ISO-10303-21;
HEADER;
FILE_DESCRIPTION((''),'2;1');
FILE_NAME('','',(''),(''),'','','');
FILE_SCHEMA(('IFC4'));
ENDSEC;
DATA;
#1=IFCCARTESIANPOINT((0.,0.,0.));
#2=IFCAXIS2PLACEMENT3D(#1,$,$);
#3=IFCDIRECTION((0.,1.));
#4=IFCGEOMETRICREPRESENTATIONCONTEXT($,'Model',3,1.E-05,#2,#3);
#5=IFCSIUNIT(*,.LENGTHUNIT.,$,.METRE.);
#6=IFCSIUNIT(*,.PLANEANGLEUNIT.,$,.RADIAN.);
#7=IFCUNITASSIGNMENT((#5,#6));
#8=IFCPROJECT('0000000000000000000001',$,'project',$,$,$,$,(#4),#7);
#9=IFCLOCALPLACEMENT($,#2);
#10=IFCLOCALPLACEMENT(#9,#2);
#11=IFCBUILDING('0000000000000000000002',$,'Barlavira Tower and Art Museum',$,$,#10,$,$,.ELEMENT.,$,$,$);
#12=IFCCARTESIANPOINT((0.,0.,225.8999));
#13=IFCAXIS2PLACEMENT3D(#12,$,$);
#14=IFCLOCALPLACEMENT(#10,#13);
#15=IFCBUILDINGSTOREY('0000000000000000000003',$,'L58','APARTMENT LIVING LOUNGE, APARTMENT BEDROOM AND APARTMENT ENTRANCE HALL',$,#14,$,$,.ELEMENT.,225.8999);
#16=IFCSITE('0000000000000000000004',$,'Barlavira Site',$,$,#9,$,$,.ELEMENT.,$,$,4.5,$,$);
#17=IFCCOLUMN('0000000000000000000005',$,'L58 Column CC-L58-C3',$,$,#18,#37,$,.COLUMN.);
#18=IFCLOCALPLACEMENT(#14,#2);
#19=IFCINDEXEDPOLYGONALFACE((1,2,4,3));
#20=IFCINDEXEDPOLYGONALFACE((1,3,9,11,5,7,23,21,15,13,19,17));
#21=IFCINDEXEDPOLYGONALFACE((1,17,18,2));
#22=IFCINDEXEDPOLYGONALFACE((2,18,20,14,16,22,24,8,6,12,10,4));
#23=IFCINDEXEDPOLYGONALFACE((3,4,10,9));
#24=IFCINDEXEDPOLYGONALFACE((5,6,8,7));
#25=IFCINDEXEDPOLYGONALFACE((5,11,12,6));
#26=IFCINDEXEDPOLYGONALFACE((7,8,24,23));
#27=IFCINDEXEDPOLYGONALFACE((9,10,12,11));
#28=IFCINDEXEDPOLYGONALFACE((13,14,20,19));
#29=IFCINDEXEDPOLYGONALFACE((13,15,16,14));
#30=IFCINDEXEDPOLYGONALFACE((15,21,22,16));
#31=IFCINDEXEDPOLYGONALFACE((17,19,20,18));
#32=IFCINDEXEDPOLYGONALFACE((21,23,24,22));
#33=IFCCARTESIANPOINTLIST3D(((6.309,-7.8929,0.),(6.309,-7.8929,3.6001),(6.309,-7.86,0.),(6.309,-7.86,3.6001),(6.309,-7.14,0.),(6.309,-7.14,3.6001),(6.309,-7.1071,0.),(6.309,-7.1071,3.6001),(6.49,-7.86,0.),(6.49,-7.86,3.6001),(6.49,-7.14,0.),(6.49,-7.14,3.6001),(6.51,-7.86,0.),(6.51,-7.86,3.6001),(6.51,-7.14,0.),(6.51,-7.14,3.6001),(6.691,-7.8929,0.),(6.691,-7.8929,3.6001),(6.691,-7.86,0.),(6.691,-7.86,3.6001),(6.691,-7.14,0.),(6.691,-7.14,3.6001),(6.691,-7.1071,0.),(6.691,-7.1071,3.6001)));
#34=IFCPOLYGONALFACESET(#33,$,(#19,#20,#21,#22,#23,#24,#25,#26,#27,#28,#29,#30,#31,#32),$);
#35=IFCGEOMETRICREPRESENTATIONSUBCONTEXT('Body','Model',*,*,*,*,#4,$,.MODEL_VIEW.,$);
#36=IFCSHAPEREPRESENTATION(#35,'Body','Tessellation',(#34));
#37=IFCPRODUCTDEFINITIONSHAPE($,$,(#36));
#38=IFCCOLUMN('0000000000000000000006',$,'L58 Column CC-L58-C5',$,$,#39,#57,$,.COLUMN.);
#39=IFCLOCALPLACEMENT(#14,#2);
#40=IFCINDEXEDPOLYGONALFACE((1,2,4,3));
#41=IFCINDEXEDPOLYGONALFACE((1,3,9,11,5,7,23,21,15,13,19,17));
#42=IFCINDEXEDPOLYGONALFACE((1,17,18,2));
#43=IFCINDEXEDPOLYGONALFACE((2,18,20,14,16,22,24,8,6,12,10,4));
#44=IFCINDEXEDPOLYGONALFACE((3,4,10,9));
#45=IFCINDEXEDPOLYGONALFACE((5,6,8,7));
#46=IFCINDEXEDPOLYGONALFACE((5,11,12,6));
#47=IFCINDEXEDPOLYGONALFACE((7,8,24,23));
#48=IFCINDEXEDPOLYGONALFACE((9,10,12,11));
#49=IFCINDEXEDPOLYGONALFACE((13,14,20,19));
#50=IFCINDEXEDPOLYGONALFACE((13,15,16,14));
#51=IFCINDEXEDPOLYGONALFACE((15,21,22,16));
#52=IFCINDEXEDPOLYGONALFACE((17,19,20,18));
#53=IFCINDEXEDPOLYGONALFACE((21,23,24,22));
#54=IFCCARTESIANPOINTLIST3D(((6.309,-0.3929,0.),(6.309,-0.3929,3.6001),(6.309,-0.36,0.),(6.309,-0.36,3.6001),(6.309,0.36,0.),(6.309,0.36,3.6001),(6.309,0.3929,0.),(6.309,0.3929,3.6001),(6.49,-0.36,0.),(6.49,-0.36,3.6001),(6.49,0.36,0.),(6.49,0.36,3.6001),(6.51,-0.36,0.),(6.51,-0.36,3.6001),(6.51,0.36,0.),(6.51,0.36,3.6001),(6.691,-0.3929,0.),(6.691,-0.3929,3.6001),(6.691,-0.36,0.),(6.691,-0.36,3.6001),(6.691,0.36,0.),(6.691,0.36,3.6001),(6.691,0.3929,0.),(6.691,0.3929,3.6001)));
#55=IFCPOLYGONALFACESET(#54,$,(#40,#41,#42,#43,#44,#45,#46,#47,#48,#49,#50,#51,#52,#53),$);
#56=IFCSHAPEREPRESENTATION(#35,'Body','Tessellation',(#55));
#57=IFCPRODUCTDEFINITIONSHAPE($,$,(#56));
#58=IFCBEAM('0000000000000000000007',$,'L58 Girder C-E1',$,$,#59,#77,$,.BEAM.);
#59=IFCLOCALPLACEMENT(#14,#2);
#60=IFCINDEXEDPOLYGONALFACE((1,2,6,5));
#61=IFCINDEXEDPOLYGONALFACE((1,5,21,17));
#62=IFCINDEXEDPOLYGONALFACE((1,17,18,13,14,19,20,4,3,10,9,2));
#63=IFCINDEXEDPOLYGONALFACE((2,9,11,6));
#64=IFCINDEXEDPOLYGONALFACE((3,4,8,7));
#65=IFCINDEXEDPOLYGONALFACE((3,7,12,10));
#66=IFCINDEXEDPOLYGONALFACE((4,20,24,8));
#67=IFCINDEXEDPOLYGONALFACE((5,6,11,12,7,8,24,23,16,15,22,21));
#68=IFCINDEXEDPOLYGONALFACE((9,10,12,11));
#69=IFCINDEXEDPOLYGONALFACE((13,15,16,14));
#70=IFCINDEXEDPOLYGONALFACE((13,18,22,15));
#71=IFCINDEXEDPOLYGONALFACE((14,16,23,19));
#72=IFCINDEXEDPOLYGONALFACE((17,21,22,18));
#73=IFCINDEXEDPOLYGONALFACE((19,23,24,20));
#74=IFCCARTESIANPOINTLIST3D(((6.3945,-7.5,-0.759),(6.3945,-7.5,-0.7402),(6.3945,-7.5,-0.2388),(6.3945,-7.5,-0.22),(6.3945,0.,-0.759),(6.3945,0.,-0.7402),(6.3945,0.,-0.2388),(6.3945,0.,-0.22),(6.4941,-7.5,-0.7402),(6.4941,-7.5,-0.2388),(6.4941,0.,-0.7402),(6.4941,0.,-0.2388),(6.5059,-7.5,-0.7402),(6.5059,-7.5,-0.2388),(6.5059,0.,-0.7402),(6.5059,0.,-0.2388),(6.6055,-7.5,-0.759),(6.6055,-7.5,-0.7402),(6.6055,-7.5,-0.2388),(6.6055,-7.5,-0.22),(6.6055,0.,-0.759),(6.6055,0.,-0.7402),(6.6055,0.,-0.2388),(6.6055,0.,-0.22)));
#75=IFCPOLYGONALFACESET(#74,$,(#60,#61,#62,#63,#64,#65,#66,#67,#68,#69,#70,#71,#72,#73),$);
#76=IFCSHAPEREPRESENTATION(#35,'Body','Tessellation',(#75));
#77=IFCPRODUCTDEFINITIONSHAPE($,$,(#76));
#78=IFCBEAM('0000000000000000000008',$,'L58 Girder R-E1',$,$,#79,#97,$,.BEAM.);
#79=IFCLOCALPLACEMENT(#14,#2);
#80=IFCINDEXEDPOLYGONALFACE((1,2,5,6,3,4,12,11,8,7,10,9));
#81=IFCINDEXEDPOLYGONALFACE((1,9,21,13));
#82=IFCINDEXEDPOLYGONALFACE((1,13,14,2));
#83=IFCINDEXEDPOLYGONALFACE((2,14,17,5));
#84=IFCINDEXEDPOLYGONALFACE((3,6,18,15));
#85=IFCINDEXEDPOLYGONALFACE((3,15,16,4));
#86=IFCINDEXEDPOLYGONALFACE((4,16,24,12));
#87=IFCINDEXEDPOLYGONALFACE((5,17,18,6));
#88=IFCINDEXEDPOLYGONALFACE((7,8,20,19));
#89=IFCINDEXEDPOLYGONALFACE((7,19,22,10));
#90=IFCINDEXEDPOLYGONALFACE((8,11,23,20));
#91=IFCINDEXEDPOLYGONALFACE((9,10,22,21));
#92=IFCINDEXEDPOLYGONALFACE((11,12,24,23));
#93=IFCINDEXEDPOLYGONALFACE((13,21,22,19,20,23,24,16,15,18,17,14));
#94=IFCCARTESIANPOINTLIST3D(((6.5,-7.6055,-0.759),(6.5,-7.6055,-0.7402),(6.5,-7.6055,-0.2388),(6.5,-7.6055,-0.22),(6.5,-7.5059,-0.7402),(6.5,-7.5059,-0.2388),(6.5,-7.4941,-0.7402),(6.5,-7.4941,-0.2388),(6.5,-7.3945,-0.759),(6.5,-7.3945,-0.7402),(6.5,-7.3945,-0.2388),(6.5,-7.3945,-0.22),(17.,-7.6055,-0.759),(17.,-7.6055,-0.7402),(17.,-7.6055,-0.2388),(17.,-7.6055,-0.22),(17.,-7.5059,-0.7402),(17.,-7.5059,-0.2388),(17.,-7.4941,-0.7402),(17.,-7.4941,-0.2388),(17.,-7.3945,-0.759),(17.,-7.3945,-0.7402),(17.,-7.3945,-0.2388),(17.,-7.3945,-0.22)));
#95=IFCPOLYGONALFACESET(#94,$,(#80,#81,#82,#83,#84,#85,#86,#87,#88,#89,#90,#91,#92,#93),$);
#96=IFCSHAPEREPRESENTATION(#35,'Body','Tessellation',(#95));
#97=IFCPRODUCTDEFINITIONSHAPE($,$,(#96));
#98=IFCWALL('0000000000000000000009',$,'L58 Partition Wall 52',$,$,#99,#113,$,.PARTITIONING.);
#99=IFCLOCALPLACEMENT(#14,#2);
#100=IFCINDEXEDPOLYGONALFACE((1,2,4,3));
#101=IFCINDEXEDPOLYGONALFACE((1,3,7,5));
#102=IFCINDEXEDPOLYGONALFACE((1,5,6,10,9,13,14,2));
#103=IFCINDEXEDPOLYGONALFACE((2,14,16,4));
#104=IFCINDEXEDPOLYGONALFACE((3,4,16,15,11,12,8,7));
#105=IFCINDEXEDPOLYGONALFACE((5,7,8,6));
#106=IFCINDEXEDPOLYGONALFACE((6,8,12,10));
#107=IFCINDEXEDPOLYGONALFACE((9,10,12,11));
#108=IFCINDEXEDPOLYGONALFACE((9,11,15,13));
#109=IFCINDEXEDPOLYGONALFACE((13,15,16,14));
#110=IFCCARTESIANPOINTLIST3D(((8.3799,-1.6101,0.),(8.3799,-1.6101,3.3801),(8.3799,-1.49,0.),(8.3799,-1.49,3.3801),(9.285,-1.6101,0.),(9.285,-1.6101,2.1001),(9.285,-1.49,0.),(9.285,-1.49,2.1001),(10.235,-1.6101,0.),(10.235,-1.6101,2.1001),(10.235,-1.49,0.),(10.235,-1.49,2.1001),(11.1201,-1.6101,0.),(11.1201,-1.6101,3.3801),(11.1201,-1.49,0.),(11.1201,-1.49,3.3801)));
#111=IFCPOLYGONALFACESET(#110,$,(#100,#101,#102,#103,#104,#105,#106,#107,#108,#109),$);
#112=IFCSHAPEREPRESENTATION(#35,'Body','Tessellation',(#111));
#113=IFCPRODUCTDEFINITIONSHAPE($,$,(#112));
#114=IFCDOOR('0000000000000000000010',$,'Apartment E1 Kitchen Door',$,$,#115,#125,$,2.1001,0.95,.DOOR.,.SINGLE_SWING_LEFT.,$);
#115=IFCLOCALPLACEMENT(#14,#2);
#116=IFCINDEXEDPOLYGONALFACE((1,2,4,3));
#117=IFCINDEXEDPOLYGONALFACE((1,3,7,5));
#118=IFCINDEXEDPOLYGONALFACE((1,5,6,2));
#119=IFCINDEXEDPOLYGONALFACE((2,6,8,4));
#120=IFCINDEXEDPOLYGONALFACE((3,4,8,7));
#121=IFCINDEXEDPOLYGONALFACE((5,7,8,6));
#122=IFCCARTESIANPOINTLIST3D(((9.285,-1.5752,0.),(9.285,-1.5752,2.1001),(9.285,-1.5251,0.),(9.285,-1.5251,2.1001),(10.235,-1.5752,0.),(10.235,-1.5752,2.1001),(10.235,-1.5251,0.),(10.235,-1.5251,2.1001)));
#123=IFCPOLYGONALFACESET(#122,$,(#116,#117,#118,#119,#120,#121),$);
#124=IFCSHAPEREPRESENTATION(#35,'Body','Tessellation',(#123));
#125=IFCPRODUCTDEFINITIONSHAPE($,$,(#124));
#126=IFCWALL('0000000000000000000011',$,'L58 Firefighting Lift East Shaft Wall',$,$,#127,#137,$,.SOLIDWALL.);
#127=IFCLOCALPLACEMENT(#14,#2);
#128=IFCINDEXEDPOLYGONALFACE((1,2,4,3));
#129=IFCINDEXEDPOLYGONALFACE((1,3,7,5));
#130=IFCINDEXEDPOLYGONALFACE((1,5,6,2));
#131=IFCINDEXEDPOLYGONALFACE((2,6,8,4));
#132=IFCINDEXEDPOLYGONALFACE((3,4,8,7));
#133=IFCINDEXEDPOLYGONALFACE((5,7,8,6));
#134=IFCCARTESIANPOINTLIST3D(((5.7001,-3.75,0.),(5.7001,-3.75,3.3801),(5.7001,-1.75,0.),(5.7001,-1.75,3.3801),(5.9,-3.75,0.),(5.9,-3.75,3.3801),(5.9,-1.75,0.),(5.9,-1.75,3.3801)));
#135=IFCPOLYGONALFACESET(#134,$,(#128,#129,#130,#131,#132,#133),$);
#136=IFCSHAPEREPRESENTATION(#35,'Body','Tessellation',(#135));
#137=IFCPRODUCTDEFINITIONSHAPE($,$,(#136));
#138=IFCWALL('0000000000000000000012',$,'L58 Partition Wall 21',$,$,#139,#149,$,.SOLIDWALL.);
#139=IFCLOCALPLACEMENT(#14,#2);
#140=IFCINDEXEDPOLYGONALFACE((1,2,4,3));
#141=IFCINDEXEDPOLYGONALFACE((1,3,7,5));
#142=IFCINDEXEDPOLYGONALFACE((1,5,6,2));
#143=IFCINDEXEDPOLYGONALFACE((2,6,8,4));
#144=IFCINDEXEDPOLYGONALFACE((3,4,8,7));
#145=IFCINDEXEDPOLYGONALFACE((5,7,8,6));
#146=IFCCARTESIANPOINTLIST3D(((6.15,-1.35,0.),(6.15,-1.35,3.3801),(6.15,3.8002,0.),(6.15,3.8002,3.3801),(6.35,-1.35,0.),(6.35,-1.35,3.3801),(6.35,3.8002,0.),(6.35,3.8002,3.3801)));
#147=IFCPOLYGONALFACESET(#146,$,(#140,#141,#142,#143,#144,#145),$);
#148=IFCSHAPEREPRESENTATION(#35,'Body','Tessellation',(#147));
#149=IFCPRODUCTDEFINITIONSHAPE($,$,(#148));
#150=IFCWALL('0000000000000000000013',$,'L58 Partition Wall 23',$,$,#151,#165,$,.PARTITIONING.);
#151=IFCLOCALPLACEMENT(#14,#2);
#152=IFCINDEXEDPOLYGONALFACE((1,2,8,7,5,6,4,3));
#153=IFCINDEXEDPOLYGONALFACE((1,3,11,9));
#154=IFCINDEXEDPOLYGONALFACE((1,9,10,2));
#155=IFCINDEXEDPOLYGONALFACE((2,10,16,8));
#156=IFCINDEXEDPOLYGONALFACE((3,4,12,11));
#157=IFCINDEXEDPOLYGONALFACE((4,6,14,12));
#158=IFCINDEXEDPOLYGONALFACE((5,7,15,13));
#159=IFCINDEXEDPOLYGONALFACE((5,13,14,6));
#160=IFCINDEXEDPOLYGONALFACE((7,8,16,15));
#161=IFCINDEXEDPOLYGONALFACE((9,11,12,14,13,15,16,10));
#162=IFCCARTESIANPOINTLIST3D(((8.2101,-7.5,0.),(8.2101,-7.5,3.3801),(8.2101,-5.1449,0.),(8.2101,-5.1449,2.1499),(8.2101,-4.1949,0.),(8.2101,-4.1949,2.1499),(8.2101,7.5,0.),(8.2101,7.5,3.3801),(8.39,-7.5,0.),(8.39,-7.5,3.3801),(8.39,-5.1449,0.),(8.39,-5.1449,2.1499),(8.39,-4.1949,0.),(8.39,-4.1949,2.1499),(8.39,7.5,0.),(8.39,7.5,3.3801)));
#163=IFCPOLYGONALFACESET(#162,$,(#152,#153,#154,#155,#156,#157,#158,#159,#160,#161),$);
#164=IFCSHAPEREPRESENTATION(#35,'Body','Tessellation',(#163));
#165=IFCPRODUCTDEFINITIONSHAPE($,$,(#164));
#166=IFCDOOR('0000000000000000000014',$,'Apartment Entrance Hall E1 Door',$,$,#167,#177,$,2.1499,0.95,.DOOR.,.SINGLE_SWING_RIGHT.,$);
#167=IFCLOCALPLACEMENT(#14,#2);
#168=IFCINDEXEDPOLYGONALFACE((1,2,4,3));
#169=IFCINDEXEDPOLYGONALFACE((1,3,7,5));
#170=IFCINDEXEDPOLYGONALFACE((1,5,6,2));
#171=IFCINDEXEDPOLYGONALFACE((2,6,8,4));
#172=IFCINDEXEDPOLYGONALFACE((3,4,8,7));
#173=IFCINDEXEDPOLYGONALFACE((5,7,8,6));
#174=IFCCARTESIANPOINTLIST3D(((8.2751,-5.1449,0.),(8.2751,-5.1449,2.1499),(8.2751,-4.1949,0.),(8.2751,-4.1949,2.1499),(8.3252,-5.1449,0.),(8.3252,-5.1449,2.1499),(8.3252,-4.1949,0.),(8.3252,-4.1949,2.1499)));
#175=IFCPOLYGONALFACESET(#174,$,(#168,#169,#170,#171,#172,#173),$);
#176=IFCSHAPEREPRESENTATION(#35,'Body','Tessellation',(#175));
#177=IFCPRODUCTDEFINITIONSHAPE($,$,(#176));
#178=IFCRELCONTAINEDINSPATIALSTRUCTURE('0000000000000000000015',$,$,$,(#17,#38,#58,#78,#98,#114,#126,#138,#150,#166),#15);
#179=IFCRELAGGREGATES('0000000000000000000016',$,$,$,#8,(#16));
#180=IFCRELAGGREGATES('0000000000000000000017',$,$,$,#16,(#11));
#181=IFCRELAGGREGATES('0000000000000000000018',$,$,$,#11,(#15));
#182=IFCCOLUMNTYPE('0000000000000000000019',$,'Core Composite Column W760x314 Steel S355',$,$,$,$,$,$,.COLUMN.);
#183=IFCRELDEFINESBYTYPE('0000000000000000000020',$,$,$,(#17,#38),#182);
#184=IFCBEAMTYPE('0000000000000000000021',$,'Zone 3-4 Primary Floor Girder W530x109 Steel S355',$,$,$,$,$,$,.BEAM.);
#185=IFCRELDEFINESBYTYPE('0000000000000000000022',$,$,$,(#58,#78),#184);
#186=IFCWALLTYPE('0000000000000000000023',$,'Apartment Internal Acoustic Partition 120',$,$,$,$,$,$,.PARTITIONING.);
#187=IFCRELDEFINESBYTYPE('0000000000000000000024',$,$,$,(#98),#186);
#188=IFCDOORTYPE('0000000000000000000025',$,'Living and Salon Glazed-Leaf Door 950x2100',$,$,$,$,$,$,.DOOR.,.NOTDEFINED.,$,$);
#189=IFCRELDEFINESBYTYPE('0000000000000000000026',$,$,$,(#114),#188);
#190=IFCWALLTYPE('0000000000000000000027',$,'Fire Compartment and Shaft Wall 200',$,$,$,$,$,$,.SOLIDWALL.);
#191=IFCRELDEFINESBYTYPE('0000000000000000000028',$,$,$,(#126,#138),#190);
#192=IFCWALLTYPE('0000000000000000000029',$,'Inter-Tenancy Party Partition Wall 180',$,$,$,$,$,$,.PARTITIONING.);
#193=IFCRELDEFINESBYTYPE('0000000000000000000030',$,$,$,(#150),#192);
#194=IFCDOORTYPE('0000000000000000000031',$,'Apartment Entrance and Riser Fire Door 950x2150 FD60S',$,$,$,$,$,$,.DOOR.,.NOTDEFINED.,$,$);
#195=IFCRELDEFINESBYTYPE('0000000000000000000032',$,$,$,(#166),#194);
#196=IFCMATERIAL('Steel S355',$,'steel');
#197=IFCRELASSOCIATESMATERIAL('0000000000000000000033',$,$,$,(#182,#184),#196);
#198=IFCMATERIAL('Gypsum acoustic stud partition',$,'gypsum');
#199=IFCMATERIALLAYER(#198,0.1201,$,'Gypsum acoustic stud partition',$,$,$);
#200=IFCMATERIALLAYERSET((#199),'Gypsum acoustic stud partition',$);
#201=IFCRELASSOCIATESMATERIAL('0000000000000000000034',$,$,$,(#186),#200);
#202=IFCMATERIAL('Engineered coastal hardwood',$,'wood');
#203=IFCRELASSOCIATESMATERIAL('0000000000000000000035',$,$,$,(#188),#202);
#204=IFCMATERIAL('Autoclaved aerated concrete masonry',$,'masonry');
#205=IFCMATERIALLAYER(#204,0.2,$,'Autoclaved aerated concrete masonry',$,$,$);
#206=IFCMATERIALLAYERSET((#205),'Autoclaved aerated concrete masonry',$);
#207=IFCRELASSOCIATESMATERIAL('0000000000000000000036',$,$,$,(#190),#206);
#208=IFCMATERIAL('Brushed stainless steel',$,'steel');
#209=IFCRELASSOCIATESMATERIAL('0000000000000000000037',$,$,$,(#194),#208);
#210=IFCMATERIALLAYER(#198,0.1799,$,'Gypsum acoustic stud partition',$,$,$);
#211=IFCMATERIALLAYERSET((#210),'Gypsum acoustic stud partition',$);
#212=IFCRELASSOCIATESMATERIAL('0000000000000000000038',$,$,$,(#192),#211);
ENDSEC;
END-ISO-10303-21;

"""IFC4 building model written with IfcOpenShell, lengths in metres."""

from ifc_helpers import new_model, si_unit, direction, frame, frame_2d, origin, origin_2d, place, context, subcontext, project, spatial, rectangle, i_section, extrude, material, layer, layer_set, material_profile, profile_set, type_object, element, fill, save


model = new_model("IFC4")

# Units and contexts
model_context = context("Model", 3, precision=1e-05, world=origin(), true_north=direction((0.0, 1.0)))
body_context = subcontext(model_context, "Body", "Model", "MODEL_VIEW")
ifc_project = project(units=[si_unit("LENGTHUNIT", "METRE"), si_unit("PLANEANGLEUNIT", "RADIAN")], contexts=[model_context])

# Site, building, storey
site_placement = place(None, origin())
site = spatial("IfcSite", under=ifc_project, at=site_placement, Name="Barlavira Site", CompositionType="ELEMENT", RefElevation=4.5)
building_placement = place(site_placement, origin())
building = spatial("IfcBuilding", under=site, at=building_placement, Name="Barlavira Tower and Art Museum", CompositionType="ELEMENT")
storey_placement = place(building_placement, frame((0.0, 0.0, 225.8999)))
storey = spatial("IfcBuildingStorey", under=building, at=storey_placement, Name="L58", Description="APARTMENT LIVING LOUNGE, APARTMENT BEDROOM AND APARTMENT ENTRANCE HALL", CompositionType="ELEMENT", Elevation=225.8999)

# Columns
ifc_material_1 = material(Name="Steel S355", Category="steel")
ifc_material_profile_1 = material_profile(ifc_material_1, i_section(OverallWidth=0.3821, OverallDepth=0.7859, WebThickness=0.02, FlangeThickness=0.033, at=origin_2d()), Name="W760x314.0")
ifc_profile_set_1 = profile_set([ifc_material_profile_1], Name="Steel S355")
column_type = type_object("IfcColumnType", Name="Core Composite Column W760x314 Steel S355", PredefinedType="COLUMN", material=ifc_profile_set_1)
for number, where, z_axis, x_axis, name in (
    (1, (6.5, -7.5, 0.0), (0.0, 0.0, 1.0), (1.0, 0.0, 0.0), "L58 Column CC-L58-C3"),
    (2, (6.5, 0.0, 0.0), (0.0, 0.0, 1.0), (1.0, 0.0, 0.0), "L58 Column CC-L58-C5"),
):
    element("IfcColumn", number, at=place(storey_placement, frame(where, z_axis=z_axis, x_axis=x_axis)), inside=storey, type_object=column_type, Name=name, PredefinedType="COLUMN", context=body_context, shape_type="SweptSolid", body=[
        extrude(i_section(OverallWidth=0.3821, OverallDepth=0.7859, WebThickness=0.02, FlangeThickness=0.033, at=origin_2d()), origin(), (0.0, 0.0, 1.0), 3.6001),
    ])

# Beams
ifc_material_profile_2 = material_profile(ifc_material_1, i_section(OverallWidth=0.2109, OverallDepth=0.5391, WebThickness=0.0117, FlangeThickness=0.0188, at=origin_2d()), Name="W530x109.0")
ifc_profile_set_2 = profile_set([ifc_material_profile_2], Name="Steel S355")
beam_type = type_object("IfcBeamType", Name="Zone 3-4 Primary Floor Girder W530x109 Steel S355", PredefinedType="BEAM", material=ifc_profile_set_2)
beam_1_placement = place(storey_placement, frame((6.5, -7.5, -0.4895), z_axis=(0.0, 1.0, 0.0), x_axis=(-1.0, 0.0, 0.0)))
element("IfcBeam", 3, at=beam_1_placement, inside=storey, type_object=beam_type, Name="L58 Girder C-E1", PredefinedType="BEAM", context=body_context, shape_type="SweptSolid", body=[
    extrude(i_section(OverallWidth=0.2109, OverallDepth=0.5391, WebThickness=0.0117, FlangeThickness=0.0188, at=origin_2d()), origin(), (0.0, 0.0, 1.0), 7.5),
])
beam_2_placement = place(storey_placement, frame((6.5, -7.5, -0.4895), z_axis=(1.0, 0.0, 0.0), x_axis=(0.0, 1.0, 0.0)))
element("IfcBeam", 4, at=beam_2_placement, inside=storey, type_object=beam_type, Name="L58 Girder R-E1", PredefinedType="BEAM", context=body_context, shape_type="SweptSolid", body=[
    extrude(i_section(OverallWidth=0.2109, OverallDepth=0.5391, WebThickness=0.0117, FlangeThickness=0.0188, at=origin_2d()), origin(), (0.0, 0.0, 1.0), 10.5),
])

# Wall, opening, door
ifc_material_2 = material(Name="Gypsum acoustic stud partition", Category="gypsum")
ifc_layer_1 = layer(ifc_material_2, 0.1201, Name="Gypsum acoustic stud partition")
ifc_layer_set_1 = layer_set([ifc_layer_1], Name="Gypsum acoustic stud partition")
wall_type_1 = type_object("IfcWallType", Name="Apartment Internal Acoustic Partition 120", PredefinedType="PARTITIONING", material=ifc_layer_set_1)
wall_1_placement = place(storey_placement, frame((8.3799, -1.55, 0.0), z_axis=(0.0, 0.0, 1.0), x_axis=(1.0, 0.0, 0.0)))
wall_1 = element("IfcWall", 5, at=wall_1_placement, inside=storey, type_object=wall_type_1, Name="L58 Partition Wall 52", PredefinedType="PARTITIONING", context=body_context, shape_type="SweptSolid", body=[
    extrude(rectangle(XDim=2.7402, YDim=0.1201, at=frame_2d((1.3701, 0.0))), origin(), (0.0, 0.0, 1.0), 3.3801),
])
opening_1_placement = place(wall_1_placement, frame((0.905, 0.0, 0.0)))
opening_1 = element("IfcOpeningElement", 6, at=opening_1_placement, cuts=wall_1, PredefinedType="OPENING", context=body_context, shape_type="SweptSolid", body=[
    extrude(rectangle(XDim=0.95, YDim=2.1001, at=frame_2d((0.4751, 1.05))), frame((0.0, 0.0701, 0.0), z_axis=(0.0, -1.0, 0.0), x_axis=(1.0, 0.0, 0.0)), (0.0, 0.0, 1.0), 0.1401),
])
ifc_material_3 = material(Name="Engineered coastal hardwood", Category="wood")
door_type_1 = type_object("IfcDoorType", Name="Living and Salon Glazed-Leaf Door 950x2100", OperationType="NOTDEFINED", PredefinedType="DOOR", material=ifc_material_3)
door_1_placement = place(opening_1_placement, origin())
door_1 = element("IfcDoor", 7, at=door_1_placement, inside=storey, type_object=door_type_1, Name="Apartment E1 Kitchen Door", OperationType="SINGLE_SWING_LEFT", OverallHeight=2.1001, OverallWidth=0.95, PredefinedType="DOOR", context=body_context, shape_type="SweptSolid", body=[
    extrude(rectangle(XDim=0.95, YDim=2.1001, at=frame_2d((0.4751, 1.05))), frame((0.0, 0.0249, 0.0), z_axis=(0.0, -1.0, 0.0), x_axis=(1.0, 0.0, 0.0)), (0.0, 0.0, 1.0), 0.05),
])
fill(opening_1, door_1)
ifc_material_4 = material(Name="Brushed stainless steel", Category="steel")

# Wall
ifc_material_5 = material(Name="Autoclaved aerated concrete masonry", Category="masonry")
ifc_layer_2 = layer(ifc_material_5, 0.2, Name="Autoclaved aerated concrete masonry")
ifc_layer_set_2 = layer_set([ifc_layer_2], Name="Autoclaved aerated concrete masonry")
wall_type_2 = type_object("IfcWallType", Name="Fire Compartment and Shaft Wall 200", PredefinedType="SOLIDWALL", material=ifc_layer_set_2)
wall_2_placement = place(storey_placement, frame((5.8, -3.75, 0.0), z_axis=(0.0, 0.0, 1.0), x_axis=(0.0, 1.0, 0.0)))
element("IfcWall", 8, at=wall_2_placement, inside=storey, type_object=wall_type_2, Name="L58 Firefighting Lift East Shaft Wall", PredefinedType="SOLIDWALL", context=body_context, shape_type="SweptSolid", body=[
    extrude(rectangle(XDim=2.0, YDim=0.2, at=frame_2d((1.0, 0.0))), origin(), (0.0, 0.0, 1.0), 3.3801),
])

# Shared definitions
door_type_2 = type_object("IfcDoorType", Name="Apartment Entrance and Riser Fire Door 950x2150 FD60S", OperationType="NOTDEFINED", PredefinedType="DOOR", material=ifc_material_4)

# Wall
wall_3_placement = place(storey_placement, frame((6.25, -1.3501, 0.0), z_axis=(0.0, 0.0, 1.0), x_axis=(0.0, 1.0, 0.0)))
element("IfcWall", 9, at=wall_3_placement, inside=storey, type_object=wall_type_2, Name="L58 Partition Wall 21", PredefinedType="SOLIDWALL", context=body_context, shape_type="SweptSolid", body=[
    extrude(rectangle(XDim=5.1501, YDim=0.2, at=frame_2d((2.5752, 0.0))), origin(), (0.0, 0.0, 1.0), 3.3801),
])

# Wall, opening, door
ifc_layer_3 = layer(ifc_material_2, 0.1799, Name="Gypsum acoustic stud partition")
ifc_layer_set_3 = layer_set([ifc_layer_3], Name="Gypsum acoustic stud partition")
wall_type_3 = type_object("IfcWallType", Name="Inter-Tenancy Party Partition Wall 180", PredefinedType="PARTITIONING", material=ifc_layer_set_3)
wall_4_placement = place(storey_placement, frame((8.3, -7.5, 0.0), z_axis=(0.0, 0.0, 1.0), x_axis=(0.0, 1.0, 0.0)))
wall_4 = element("IfcWall", 10, at=wall_4_placement, inside=storey, type_object=wall_type_3, Name="L58 Partition Wall 23", PredefinedType="PARTITIONING", context=body_context, shape_type="SweptSolid", body=[
    extrude(rectangle(XDim=15.0, YDim=0.1799, at=frame_2d((7.5, 0.0))), origin(), (0.0, 0.0, 1.0), 3.3801),
])
opening_2_placement = place(wall_4_placement, frame((2.355, 0.0, 0.0)))
opening_2 = element("IfcOpeningElement", 11, at=opening_2_placement, cuts=wall_4, PredefinedType="OPENING", context=body_context, shape_type="SweptSolid", body=[
    extrude(rectangle(XDim=0.95, YDim=2.1499, at=frame_2d((0.4751, 1.075))), frame((0.0, 0.1001, 0.0), z_axis=(0.0, -1.0, 0.0), x_axis=(1.0, 0.0, 0.0)), (0.0, 0.0, 1.0), 0.2),
])
door_2_placement = place(opening_2_placement, origin())
door_2 = element("IfcDoor", 12, at=door_2_placement, inside=storey, type_object=door_type_2, Name="Apartment Entrance Hall E1 Door", OperationType="SINGLE_SWING_RIGHT", OverallHeight=2.1499, OverallWidth=0.95, PredefinedType="DOOR", context=body_context, shape_type="SweptSolid", body=[
    extrude(rectangle(XDim=0.95, YDim=2.1499, at=frame_2d((0.4751, 1.075))), frame((0.0, 0.0249, 0.0), z_axis=(0.0, -1.0, 0.0), x_axis=(1.0, 0.0, 0.0)), (0.0, 0.0, 1.0), 0.05),
])
fill(opening_2, door_2)

save(model, "model.ifc")
